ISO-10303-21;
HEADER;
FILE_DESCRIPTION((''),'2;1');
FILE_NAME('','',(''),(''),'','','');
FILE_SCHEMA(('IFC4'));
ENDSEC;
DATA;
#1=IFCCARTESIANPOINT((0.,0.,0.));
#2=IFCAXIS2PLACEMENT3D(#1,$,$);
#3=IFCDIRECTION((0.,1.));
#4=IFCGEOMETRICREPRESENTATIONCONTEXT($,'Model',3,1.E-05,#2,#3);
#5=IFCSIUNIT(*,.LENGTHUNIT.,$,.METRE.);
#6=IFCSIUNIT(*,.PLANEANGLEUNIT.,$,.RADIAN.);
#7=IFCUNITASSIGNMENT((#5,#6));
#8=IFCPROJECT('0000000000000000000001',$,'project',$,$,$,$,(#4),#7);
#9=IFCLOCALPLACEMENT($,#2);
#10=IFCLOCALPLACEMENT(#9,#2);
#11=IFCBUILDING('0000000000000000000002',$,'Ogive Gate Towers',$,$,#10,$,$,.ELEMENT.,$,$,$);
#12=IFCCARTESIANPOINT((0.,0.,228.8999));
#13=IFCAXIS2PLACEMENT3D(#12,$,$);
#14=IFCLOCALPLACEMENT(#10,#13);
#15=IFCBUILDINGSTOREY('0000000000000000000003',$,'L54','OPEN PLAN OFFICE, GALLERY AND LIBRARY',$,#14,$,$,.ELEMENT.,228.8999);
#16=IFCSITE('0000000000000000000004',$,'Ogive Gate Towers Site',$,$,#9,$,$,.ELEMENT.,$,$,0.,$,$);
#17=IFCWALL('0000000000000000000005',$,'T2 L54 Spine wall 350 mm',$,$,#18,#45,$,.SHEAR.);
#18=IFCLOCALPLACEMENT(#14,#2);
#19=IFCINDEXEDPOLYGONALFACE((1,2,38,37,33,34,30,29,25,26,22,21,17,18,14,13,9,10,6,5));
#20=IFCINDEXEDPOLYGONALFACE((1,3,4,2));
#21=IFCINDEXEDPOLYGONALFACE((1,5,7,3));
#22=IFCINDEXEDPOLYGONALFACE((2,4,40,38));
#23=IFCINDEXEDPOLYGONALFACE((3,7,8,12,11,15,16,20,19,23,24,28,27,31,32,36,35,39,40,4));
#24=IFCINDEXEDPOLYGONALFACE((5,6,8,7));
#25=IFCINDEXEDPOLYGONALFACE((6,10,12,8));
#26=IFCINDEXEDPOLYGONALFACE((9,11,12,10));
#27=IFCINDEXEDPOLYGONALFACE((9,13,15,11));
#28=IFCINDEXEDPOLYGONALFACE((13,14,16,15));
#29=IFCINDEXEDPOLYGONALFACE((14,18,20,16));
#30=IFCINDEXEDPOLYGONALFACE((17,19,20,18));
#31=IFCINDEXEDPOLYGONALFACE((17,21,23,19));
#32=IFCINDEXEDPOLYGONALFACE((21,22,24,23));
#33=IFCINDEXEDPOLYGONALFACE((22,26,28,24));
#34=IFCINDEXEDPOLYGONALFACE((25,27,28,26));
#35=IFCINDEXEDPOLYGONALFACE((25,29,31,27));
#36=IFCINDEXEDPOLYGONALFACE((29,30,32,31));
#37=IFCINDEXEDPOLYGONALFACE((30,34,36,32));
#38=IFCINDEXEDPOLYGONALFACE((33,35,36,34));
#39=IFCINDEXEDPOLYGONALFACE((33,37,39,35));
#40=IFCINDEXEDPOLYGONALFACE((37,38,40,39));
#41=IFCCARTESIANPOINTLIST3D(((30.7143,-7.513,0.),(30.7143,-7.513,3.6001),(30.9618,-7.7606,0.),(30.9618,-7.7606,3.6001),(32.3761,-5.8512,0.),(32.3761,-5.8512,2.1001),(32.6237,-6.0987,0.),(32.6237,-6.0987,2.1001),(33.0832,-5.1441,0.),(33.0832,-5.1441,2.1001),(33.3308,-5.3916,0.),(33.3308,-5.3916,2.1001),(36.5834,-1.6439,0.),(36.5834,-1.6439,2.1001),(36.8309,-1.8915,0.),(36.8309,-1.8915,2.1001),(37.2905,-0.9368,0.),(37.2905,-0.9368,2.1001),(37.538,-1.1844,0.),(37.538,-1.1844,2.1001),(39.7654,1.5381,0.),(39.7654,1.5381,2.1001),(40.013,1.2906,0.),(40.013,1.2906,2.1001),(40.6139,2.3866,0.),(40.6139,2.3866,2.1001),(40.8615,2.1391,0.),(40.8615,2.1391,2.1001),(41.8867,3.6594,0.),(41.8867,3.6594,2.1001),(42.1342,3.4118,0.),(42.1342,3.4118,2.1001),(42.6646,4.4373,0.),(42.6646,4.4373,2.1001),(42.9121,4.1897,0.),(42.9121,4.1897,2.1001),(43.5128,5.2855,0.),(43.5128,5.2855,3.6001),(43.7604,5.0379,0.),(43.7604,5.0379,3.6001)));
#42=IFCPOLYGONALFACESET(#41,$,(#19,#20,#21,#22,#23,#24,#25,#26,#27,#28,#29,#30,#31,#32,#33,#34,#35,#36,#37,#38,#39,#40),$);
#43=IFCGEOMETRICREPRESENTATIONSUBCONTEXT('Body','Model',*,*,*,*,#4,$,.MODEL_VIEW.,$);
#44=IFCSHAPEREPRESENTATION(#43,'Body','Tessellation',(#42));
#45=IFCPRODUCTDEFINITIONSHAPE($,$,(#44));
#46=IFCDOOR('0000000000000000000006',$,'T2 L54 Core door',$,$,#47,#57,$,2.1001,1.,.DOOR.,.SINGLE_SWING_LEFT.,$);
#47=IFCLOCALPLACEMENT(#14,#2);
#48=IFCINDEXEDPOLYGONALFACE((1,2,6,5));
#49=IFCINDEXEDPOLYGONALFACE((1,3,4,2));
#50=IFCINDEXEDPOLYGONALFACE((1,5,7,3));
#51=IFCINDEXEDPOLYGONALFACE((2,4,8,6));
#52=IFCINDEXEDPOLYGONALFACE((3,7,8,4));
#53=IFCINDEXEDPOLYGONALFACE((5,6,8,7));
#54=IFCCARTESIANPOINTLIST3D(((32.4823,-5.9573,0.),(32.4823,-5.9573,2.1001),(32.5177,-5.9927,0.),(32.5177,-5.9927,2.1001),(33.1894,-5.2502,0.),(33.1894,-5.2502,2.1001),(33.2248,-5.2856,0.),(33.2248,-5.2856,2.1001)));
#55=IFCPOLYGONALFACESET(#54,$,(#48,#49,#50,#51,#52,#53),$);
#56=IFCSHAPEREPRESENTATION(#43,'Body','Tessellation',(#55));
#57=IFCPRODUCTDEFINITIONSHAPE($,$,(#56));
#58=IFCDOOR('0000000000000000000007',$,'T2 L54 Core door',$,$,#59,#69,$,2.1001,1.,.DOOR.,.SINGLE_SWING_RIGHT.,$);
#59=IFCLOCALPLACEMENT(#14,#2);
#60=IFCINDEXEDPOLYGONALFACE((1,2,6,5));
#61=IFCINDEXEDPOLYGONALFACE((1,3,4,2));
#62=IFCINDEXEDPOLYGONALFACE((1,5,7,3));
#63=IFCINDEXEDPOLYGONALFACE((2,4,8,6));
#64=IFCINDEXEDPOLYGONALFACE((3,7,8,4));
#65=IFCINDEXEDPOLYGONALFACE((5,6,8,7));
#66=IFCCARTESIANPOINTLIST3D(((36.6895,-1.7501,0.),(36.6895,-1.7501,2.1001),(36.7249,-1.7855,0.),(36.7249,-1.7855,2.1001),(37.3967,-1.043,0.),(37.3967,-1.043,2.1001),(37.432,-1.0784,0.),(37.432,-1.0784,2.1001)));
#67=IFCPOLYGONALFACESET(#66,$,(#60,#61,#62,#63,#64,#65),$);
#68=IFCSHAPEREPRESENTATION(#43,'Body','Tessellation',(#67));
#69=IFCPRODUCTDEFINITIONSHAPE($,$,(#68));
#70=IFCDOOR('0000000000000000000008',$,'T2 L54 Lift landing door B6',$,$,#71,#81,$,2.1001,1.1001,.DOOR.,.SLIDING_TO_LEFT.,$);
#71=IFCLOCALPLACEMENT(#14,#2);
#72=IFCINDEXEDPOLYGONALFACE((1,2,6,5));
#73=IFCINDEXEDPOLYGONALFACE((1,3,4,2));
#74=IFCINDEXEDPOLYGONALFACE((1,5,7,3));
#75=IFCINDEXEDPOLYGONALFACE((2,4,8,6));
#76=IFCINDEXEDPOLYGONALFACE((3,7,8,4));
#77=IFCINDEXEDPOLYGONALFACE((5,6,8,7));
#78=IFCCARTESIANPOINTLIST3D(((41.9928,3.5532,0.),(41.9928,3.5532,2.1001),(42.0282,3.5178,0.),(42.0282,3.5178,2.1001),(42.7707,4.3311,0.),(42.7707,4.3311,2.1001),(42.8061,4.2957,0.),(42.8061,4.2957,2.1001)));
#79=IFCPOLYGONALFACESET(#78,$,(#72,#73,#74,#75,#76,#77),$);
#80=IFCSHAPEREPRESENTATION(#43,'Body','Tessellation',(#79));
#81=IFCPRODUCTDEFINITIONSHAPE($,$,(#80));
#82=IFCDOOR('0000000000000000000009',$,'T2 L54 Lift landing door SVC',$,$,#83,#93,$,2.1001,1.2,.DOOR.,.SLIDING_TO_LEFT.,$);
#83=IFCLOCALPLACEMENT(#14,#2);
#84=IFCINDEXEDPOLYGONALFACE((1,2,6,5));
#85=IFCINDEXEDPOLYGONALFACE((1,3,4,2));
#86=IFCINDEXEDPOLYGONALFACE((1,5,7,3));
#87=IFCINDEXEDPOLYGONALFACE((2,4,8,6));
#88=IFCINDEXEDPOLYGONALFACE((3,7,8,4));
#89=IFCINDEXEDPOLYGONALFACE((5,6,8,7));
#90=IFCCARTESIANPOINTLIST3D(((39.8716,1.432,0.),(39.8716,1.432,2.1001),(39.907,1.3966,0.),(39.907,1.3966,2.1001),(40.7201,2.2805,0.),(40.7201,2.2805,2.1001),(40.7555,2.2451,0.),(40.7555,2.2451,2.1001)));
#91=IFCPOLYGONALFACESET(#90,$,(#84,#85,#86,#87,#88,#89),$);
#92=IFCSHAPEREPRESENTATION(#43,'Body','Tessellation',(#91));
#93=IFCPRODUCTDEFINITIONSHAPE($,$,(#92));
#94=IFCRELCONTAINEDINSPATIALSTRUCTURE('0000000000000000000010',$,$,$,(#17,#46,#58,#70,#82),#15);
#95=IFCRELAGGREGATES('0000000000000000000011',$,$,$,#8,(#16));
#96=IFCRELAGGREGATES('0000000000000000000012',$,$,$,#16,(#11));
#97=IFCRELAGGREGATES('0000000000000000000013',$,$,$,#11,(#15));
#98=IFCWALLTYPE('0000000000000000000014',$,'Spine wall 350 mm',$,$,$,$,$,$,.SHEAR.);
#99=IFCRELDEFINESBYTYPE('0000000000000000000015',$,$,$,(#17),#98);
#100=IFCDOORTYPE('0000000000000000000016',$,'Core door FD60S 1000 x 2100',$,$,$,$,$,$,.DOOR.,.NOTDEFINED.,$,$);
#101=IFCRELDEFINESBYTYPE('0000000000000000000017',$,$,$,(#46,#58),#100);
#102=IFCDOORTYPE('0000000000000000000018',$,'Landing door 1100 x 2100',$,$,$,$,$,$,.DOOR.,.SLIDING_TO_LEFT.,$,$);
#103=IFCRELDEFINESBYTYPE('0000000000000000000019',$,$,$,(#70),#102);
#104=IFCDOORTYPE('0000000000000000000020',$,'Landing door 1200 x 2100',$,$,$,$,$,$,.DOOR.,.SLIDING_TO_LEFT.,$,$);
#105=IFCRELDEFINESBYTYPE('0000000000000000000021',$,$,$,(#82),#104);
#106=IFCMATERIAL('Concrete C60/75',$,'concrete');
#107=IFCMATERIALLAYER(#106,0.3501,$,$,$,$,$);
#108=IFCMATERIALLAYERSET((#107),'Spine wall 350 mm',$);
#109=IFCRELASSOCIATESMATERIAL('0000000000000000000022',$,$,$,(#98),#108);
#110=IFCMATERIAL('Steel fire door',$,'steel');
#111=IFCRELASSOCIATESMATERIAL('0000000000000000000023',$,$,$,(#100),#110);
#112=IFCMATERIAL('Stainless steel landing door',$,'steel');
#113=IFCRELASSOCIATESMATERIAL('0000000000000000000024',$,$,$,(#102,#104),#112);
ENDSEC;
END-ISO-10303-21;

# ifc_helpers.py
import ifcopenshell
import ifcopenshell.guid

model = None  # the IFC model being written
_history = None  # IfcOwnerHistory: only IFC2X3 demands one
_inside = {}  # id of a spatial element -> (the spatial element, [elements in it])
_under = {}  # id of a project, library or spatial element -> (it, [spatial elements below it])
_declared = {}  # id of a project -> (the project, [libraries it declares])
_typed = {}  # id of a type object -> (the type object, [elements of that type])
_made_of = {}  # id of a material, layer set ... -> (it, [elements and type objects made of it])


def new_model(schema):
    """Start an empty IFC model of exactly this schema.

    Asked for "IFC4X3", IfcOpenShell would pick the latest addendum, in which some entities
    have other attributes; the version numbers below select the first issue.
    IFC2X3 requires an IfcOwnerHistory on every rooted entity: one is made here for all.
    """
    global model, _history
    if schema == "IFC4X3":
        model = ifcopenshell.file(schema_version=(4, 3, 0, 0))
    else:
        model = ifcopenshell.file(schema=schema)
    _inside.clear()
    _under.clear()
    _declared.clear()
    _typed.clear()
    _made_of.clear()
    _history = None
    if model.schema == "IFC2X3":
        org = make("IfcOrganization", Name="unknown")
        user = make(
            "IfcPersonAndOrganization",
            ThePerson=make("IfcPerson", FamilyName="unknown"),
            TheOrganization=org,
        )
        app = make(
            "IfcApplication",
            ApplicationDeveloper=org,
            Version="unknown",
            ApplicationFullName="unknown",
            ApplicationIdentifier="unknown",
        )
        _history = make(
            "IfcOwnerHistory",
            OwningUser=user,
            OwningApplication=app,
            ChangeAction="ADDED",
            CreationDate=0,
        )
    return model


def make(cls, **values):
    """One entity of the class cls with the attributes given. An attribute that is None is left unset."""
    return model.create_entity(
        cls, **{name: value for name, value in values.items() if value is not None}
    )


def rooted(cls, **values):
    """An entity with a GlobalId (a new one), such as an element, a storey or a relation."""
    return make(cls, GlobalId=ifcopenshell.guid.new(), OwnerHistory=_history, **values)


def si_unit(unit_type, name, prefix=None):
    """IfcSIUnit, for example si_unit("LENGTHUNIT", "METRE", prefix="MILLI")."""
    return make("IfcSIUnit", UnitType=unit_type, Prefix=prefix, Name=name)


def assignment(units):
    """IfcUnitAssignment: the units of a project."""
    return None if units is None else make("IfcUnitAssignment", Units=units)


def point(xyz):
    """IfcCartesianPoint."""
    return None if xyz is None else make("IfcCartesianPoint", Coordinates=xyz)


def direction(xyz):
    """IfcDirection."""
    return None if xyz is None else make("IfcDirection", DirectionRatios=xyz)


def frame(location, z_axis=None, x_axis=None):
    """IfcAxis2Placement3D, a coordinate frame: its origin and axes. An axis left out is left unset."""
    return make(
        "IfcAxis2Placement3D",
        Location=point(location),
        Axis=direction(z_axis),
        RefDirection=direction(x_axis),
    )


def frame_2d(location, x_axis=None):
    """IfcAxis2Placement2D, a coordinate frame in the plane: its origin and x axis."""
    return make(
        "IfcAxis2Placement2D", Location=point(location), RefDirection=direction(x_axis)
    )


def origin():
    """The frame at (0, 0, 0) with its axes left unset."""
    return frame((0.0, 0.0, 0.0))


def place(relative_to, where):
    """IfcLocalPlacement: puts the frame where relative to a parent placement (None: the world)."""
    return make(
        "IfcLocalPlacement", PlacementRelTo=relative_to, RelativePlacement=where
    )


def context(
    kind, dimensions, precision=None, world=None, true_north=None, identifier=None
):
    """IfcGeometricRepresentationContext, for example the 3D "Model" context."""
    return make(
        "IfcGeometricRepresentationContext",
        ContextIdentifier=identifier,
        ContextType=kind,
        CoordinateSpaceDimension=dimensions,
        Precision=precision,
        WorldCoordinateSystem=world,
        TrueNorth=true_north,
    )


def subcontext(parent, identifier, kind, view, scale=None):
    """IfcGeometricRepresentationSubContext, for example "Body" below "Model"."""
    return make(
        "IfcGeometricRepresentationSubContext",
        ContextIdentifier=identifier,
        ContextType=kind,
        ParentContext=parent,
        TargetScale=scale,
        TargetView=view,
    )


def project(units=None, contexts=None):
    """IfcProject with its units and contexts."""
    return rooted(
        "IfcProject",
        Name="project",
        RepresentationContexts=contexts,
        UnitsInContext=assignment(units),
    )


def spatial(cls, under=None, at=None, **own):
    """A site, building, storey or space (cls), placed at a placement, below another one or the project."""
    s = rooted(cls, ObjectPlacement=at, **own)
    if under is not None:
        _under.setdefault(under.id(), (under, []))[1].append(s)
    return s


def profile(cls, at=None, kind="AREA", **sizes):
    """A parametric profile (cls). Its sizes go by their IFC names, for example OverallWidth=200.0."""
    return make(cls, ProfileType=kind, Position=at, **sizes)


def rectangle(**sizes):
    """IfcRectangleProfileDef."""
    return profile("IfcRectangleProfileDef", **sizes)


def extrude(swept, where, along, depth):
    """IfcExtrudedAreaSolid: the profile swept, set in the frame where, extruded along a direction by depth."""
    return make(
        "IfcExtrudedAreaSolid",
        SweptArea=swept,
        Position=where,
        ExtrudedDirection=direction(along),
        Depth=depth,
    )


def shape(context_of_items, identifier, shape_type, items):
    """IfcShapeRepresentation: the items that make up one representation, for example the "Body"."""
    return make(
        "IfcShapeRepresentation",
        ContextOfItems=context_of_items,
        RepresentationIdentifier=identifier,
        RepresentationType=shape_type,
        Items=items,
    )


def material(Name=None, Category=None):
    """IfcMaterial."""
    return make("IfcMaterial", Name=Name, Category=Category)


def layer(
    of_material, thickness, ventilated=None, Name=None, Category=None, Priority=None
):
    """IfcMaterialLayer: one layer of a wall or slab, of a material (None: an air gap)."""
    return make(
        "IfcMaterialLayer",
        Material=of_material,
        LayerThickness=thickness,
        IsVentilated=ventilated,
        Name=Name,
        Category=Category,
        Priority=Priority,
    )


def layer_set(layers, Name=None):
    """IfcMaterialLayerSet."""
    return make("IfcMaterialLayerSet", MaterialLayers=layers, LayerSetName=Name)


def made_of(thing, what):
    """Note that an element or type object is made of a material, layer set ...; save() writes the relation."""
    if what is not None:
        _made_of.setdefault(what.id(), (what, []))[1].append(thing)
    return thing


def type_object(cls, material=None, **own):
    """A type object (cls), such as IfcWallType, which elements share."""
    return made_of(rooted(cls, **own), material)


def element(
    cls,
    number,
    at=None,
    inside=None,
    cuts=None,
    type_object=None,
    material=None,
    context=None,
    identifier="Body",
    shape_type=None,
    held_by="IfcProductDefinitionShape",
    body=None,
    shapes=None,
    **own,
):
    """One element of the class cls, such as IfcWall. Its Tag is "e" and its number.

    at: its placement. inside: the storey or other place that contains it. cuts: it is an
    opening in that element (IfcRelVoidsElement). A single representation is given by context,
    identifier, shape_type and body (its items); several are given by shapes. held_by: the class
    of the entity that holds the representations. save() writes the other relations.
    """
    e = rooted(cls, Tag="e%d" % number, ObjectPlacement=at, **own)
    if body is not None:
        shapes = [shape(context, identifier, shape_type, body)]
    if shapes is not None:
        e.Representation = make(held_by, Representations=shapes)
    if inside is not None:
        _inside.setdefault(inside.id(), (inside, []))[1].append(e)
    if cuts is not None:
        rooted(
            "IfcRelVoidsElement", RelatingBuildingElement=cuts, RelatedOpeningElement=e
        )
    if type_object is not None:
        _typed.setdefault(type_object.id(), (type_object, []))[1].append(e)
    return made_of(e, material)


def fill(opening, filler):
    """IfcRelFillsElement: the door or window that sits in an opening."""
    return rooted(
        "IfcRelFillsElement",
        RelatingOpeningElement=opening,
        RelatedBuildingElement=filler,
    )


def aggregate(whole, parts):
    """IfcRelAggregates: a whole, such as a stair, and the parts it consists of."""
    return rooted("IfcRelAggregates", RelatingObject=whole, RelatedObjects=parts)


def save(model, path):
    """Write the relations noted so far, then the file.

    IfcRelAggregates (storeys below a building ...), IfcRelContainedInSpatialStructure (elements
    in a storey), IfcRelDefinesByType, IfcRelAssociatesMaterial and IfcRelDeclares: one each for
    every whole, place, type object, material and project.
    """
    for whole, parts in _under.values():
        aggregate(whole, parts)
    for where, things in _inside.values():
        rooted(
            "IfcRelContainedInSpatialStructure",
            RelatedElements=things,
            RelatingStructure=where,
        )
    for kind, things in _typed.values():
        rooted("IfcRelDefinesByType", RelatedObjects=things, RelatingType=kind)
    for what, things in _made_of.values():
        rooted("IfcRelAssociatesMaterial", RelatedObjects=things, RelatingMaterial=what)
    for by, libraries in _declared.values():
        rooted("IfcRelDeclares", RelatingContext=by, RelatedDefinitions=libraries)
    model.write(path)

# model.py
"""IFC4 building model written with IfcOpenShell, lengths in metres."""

from ifc_helpers import new_model, si_unit, direction, frame, frame_2d, origin, place, context, subcontext, project, spatial, rectangle, extrude, material, layer, layer_set, type_object, element, fill, save


model = new_model("IFC4")

# Units and contexts
model_context = context("Model", 3, precision=1e-05, world=origin(), true_north=direction((0.0, 1.0)))
body_context = subcontext(model_context, "Body", "Model", "MODEL_VIEW")
ifc_project = project(units=[si_unit("LENGTHUNIT", "METRE"), si_unit("PLANEANGLEUNIT", "RADIAN")], contexts=[model_context])

# Site, building, storey
site_placement = place(None, origin())
site = spatial("IfcSite", under=ifc_project, at=site_placement, Name="Ogive Gate Towers Site", CompositionType="ELEMENT", RefElevation=0.0)
building_placement = place(site_placement, origin())
building = spatial("IfcBuilding", under=site, at=building_placement, Name="Ogive Gate Towers", CompositionType="ELEMENT")
storey_placement = place(building_placement, frame((0.0, 0.0, 228.8999)))
storey = spatial("IfcBuildingStorey", under=building, at=storey_placement, Name="L54", Description="OPEN PLAN OFFICE, GALLERY AND LIBRARY", CompositionType="ELEMENT", Elevation=228.8999)

# Shared definitions
ifc_material_1 = material(Name="Concrete C60/75", Category="concrete")

# Wall, openings, doors
ifc_layer_1 = layer(ifc_material_1, 0.3501)
ifc_layer_set_1 = layer_set([ifc_layer_1], Name="Spine wall 350 mm")
wall_type_1 = type_object("IfcWallType", Name="Spine wall 350 mm", PredefinedType="SHEAR", material=ifc_layer_set_1)
wall_1_placement = place(storey_placement, frame((30.8381, -7.6367, 0.0), z_axis=(0.0, 0.0, 1.0), x_axis=(0.707107, 0.707107, 0.0)))
wall_1 = element("IfcWall", 1, at=wall_1_placement, inside=storey, type_object=wall_type_1, Name="T2 L54 Spine wall 350 mm", PredefinedType="SHEAR", context=body_context, shape_type="SweptSolid", body=[
    extrude(rectangle(XDim=18.0999, YDim=0.3501, at=frame_2d((9.0498, 0.0))), origin(), (0.0, 0.0, 1.0), 3.6001),
])
opening_1_placement = place(wall_1_placement, frame((12.8, 0.0, 0.0)))
opening_1 = element("IfcOpeningElement", 2, at=opening_1_placement, cuts=wall_1, PredefinedType="OPENING", context=body_context, shape_type="SweptSolid", body=[
    extrude(rectangle(XDim=1.2, YDim=2.1001, at=frame_2d((0.6001, 1.05))), frame((0.0, 0.1851, 0.0), z_axis=(0.0, -1.0, 0.0), x_axis=(1.0, 0.0, 0.0)), (0.0, 0.0, 1.0), 0.3701),
])
opening_2_placement = place(wall_1_placement, frame((15.8, 0.0, 0.0)))
opening_2 = element("IfcOpeningElement", 3, at=opening_2_placement, cuts=wall_1, PredefinedType="OPENING", context=body_context, shape_type="SweptSolid", body=[
    extrude(rectangle(XDim=1.1001, YDim=2.1001, at=frame_2d((0.55, 1.05))), frame((0.0, 0.1851, 0.0), z_axis=(0.0, -1.0, 0.0), x_axis=(1.0, 0.0, 0.0)), (0.0, 0.0, 1.0), 0.3701),
])
opening_3_placement = place(wall_1_placement, frame((2.3501, 0.0, 0.0)))
opening_3 = element("IfcOpeningElement", 4, at=opening_3_placement, cuts=wall_1, PredefinedType="OPENING", context=body_context, shape_type="SweptSolid", body=[
    extrude(rectangle(XDim=1.0, YDim=2.1001, at=frame_2d((0.5, 1.05))), frame((0.0, 0.1851, 0.0), z_axis=(0.0, -1.0, 0.0), x_axis=(1.0, 0.0, 0.0)), (0.0, 0.0, 1.0), 0.3701),
])
opening_4_placement = place(wall_1_placement, frame((8.3, 0.0, 0.0)))
opening_4 = element("IfcOpeningElement", 5, at=opening_4_placement, cuts=wall_1, PredefinedType="OPENING", context=body_context, shape_type="SweptSolid", body=[
    extrude(rectangle(XDim=1.0, YDim=2.1001, at=frame_2d((0.5, 1.05))), frame((0.0, 0.1851, 0.0), z_axis=(0.0, -1.0, 0.0), x_axis=(1.0, 0.0, 0.0)), (0.0, 0.0, 1.0), 0.3701),
])
ifc_material_2 = material(Name="Steel fire door", Category="steel")
door_type_1 = type_object("IfcDoorType", Name="Core door FD60S 1000 x 2100", OperationType="NOTDEFINED", PredefinedType="DOOR", material=ifc_material_2)
door_1_placement = place(opening_3_placement, origin())
door_1 = element("IfcDoor", 6, at=door_1_placement, inside=storey, type_object=door_type_1, Name="T2 L54 Core door", OperationType="SINGLE_SWING_LEFT", OverallHeight=2.1001, OverallWidth=1.0, PredefinedType="DOOR", context=body_context, shape_type="SweptSolid", body=[
    extrude(rectangle(XDim=1.0, YDim=2.1001, at=frame_2d((0.5, 1.05))), frame((0.0, 0.0249, 0.0), z_axis=(0.0, -1.0, 0.0), x_axis=(1.0, 0.0, 0.0)), (0.0, 0.0, 1.0), 0.05),
])
fill(opening_3, door_1)
door_2_placement = place(opening_4_placement, origin())
door_2 = element("IfcDoor", 7, at=door_2_placement, inside=storey, type_object=door_type_1, Name="T2 L54 Core door", OperationType="SINGLE_SWING_RIGHT", OverallHeight=2.1001, OverallWidth=1.0, PredefinedType="DOOR", context=body_context, shape_type="SweptSolid", body=[
    extrude(rectangle(XDim=1.0, YDim=2.1001, at=frame_2d((0.5, 1.05))), frame((0.0, 0.0249, 0.0), z_axis=(0.0, -1.0, 0.0), x_axis=(1.0, 0.0, 0.0)), (0.0, 0.0, 1.0), 0.05),
])
fill(opening_4, door_2)
ifc_material_3 = material(Name="Stainless steel landing door", Category="steel")
door_type_2 = type_object("IfcDoorType", Name="Landing door 1100 x 2100", OperationType="SLIDING_TO_LEFT", PredefinedType="DOOR", material=ifc_material_3)
door_3_placement = place(opening_2_placement, origin())
door_3 = element("IfcDoor", 8, at=door_3_placement, inside=storey, type_object=door_type_2, Name="T2 L54 Lift landing door B6", OperationType="SLIDING_TO_LEFT", OverallHeight=2.1001, OverallWidth=1.1001, PredefinedType="DOOR", context=body_context, shape_type="SweptSolid", body=[
    extrude(rectangle(XDim=1.1001, YDim=2.1001, at=frame_2d((0.55, 1.05))), frame((0.0, 0.0249, 0.0), z_axis=(0.0, -1.0, 0.0), x_axis=(1.0, 0.0, 0.0)), (0.0, 0.0, 1.0), 0.05),
])
fill(opening_2, door_3)
door_type_3 = type_object("IfcDoorType", Name="Landing door 1200 x 2100", OperationType="SLIDING_TO_LEFT", PredefinedType="DOOR", material=ifc_material_3)
door_4_placement = place(opening_1_placement, origin())
door_4 = element("IfcDoor", 9, at=door_4_placement, inside=storey, type_object=door_type_3, Name="T2 L54 Lift landing door SVC", OperationType="SLIDING_TO_LEFT", OverallHeight=2.1001, OverallWidth=1.2, PredefinedType="DOOR", context=body_context, shape_type="SweptSolid", body=[
    extrude(rectangle(XDim=1.2, YDim=2.1001, at=frame_2d((0.6001, 1.05))), frame((0.0, 0.0249, 0.0), z_axis=(0.0, -1.0, 0.0), x_axis=(1.0, 0.0, 0.0)), (0.0, 0.0, 1.0), 0.05),
])
fill(opening_1, door_4)

save(model, "model.ifc")
